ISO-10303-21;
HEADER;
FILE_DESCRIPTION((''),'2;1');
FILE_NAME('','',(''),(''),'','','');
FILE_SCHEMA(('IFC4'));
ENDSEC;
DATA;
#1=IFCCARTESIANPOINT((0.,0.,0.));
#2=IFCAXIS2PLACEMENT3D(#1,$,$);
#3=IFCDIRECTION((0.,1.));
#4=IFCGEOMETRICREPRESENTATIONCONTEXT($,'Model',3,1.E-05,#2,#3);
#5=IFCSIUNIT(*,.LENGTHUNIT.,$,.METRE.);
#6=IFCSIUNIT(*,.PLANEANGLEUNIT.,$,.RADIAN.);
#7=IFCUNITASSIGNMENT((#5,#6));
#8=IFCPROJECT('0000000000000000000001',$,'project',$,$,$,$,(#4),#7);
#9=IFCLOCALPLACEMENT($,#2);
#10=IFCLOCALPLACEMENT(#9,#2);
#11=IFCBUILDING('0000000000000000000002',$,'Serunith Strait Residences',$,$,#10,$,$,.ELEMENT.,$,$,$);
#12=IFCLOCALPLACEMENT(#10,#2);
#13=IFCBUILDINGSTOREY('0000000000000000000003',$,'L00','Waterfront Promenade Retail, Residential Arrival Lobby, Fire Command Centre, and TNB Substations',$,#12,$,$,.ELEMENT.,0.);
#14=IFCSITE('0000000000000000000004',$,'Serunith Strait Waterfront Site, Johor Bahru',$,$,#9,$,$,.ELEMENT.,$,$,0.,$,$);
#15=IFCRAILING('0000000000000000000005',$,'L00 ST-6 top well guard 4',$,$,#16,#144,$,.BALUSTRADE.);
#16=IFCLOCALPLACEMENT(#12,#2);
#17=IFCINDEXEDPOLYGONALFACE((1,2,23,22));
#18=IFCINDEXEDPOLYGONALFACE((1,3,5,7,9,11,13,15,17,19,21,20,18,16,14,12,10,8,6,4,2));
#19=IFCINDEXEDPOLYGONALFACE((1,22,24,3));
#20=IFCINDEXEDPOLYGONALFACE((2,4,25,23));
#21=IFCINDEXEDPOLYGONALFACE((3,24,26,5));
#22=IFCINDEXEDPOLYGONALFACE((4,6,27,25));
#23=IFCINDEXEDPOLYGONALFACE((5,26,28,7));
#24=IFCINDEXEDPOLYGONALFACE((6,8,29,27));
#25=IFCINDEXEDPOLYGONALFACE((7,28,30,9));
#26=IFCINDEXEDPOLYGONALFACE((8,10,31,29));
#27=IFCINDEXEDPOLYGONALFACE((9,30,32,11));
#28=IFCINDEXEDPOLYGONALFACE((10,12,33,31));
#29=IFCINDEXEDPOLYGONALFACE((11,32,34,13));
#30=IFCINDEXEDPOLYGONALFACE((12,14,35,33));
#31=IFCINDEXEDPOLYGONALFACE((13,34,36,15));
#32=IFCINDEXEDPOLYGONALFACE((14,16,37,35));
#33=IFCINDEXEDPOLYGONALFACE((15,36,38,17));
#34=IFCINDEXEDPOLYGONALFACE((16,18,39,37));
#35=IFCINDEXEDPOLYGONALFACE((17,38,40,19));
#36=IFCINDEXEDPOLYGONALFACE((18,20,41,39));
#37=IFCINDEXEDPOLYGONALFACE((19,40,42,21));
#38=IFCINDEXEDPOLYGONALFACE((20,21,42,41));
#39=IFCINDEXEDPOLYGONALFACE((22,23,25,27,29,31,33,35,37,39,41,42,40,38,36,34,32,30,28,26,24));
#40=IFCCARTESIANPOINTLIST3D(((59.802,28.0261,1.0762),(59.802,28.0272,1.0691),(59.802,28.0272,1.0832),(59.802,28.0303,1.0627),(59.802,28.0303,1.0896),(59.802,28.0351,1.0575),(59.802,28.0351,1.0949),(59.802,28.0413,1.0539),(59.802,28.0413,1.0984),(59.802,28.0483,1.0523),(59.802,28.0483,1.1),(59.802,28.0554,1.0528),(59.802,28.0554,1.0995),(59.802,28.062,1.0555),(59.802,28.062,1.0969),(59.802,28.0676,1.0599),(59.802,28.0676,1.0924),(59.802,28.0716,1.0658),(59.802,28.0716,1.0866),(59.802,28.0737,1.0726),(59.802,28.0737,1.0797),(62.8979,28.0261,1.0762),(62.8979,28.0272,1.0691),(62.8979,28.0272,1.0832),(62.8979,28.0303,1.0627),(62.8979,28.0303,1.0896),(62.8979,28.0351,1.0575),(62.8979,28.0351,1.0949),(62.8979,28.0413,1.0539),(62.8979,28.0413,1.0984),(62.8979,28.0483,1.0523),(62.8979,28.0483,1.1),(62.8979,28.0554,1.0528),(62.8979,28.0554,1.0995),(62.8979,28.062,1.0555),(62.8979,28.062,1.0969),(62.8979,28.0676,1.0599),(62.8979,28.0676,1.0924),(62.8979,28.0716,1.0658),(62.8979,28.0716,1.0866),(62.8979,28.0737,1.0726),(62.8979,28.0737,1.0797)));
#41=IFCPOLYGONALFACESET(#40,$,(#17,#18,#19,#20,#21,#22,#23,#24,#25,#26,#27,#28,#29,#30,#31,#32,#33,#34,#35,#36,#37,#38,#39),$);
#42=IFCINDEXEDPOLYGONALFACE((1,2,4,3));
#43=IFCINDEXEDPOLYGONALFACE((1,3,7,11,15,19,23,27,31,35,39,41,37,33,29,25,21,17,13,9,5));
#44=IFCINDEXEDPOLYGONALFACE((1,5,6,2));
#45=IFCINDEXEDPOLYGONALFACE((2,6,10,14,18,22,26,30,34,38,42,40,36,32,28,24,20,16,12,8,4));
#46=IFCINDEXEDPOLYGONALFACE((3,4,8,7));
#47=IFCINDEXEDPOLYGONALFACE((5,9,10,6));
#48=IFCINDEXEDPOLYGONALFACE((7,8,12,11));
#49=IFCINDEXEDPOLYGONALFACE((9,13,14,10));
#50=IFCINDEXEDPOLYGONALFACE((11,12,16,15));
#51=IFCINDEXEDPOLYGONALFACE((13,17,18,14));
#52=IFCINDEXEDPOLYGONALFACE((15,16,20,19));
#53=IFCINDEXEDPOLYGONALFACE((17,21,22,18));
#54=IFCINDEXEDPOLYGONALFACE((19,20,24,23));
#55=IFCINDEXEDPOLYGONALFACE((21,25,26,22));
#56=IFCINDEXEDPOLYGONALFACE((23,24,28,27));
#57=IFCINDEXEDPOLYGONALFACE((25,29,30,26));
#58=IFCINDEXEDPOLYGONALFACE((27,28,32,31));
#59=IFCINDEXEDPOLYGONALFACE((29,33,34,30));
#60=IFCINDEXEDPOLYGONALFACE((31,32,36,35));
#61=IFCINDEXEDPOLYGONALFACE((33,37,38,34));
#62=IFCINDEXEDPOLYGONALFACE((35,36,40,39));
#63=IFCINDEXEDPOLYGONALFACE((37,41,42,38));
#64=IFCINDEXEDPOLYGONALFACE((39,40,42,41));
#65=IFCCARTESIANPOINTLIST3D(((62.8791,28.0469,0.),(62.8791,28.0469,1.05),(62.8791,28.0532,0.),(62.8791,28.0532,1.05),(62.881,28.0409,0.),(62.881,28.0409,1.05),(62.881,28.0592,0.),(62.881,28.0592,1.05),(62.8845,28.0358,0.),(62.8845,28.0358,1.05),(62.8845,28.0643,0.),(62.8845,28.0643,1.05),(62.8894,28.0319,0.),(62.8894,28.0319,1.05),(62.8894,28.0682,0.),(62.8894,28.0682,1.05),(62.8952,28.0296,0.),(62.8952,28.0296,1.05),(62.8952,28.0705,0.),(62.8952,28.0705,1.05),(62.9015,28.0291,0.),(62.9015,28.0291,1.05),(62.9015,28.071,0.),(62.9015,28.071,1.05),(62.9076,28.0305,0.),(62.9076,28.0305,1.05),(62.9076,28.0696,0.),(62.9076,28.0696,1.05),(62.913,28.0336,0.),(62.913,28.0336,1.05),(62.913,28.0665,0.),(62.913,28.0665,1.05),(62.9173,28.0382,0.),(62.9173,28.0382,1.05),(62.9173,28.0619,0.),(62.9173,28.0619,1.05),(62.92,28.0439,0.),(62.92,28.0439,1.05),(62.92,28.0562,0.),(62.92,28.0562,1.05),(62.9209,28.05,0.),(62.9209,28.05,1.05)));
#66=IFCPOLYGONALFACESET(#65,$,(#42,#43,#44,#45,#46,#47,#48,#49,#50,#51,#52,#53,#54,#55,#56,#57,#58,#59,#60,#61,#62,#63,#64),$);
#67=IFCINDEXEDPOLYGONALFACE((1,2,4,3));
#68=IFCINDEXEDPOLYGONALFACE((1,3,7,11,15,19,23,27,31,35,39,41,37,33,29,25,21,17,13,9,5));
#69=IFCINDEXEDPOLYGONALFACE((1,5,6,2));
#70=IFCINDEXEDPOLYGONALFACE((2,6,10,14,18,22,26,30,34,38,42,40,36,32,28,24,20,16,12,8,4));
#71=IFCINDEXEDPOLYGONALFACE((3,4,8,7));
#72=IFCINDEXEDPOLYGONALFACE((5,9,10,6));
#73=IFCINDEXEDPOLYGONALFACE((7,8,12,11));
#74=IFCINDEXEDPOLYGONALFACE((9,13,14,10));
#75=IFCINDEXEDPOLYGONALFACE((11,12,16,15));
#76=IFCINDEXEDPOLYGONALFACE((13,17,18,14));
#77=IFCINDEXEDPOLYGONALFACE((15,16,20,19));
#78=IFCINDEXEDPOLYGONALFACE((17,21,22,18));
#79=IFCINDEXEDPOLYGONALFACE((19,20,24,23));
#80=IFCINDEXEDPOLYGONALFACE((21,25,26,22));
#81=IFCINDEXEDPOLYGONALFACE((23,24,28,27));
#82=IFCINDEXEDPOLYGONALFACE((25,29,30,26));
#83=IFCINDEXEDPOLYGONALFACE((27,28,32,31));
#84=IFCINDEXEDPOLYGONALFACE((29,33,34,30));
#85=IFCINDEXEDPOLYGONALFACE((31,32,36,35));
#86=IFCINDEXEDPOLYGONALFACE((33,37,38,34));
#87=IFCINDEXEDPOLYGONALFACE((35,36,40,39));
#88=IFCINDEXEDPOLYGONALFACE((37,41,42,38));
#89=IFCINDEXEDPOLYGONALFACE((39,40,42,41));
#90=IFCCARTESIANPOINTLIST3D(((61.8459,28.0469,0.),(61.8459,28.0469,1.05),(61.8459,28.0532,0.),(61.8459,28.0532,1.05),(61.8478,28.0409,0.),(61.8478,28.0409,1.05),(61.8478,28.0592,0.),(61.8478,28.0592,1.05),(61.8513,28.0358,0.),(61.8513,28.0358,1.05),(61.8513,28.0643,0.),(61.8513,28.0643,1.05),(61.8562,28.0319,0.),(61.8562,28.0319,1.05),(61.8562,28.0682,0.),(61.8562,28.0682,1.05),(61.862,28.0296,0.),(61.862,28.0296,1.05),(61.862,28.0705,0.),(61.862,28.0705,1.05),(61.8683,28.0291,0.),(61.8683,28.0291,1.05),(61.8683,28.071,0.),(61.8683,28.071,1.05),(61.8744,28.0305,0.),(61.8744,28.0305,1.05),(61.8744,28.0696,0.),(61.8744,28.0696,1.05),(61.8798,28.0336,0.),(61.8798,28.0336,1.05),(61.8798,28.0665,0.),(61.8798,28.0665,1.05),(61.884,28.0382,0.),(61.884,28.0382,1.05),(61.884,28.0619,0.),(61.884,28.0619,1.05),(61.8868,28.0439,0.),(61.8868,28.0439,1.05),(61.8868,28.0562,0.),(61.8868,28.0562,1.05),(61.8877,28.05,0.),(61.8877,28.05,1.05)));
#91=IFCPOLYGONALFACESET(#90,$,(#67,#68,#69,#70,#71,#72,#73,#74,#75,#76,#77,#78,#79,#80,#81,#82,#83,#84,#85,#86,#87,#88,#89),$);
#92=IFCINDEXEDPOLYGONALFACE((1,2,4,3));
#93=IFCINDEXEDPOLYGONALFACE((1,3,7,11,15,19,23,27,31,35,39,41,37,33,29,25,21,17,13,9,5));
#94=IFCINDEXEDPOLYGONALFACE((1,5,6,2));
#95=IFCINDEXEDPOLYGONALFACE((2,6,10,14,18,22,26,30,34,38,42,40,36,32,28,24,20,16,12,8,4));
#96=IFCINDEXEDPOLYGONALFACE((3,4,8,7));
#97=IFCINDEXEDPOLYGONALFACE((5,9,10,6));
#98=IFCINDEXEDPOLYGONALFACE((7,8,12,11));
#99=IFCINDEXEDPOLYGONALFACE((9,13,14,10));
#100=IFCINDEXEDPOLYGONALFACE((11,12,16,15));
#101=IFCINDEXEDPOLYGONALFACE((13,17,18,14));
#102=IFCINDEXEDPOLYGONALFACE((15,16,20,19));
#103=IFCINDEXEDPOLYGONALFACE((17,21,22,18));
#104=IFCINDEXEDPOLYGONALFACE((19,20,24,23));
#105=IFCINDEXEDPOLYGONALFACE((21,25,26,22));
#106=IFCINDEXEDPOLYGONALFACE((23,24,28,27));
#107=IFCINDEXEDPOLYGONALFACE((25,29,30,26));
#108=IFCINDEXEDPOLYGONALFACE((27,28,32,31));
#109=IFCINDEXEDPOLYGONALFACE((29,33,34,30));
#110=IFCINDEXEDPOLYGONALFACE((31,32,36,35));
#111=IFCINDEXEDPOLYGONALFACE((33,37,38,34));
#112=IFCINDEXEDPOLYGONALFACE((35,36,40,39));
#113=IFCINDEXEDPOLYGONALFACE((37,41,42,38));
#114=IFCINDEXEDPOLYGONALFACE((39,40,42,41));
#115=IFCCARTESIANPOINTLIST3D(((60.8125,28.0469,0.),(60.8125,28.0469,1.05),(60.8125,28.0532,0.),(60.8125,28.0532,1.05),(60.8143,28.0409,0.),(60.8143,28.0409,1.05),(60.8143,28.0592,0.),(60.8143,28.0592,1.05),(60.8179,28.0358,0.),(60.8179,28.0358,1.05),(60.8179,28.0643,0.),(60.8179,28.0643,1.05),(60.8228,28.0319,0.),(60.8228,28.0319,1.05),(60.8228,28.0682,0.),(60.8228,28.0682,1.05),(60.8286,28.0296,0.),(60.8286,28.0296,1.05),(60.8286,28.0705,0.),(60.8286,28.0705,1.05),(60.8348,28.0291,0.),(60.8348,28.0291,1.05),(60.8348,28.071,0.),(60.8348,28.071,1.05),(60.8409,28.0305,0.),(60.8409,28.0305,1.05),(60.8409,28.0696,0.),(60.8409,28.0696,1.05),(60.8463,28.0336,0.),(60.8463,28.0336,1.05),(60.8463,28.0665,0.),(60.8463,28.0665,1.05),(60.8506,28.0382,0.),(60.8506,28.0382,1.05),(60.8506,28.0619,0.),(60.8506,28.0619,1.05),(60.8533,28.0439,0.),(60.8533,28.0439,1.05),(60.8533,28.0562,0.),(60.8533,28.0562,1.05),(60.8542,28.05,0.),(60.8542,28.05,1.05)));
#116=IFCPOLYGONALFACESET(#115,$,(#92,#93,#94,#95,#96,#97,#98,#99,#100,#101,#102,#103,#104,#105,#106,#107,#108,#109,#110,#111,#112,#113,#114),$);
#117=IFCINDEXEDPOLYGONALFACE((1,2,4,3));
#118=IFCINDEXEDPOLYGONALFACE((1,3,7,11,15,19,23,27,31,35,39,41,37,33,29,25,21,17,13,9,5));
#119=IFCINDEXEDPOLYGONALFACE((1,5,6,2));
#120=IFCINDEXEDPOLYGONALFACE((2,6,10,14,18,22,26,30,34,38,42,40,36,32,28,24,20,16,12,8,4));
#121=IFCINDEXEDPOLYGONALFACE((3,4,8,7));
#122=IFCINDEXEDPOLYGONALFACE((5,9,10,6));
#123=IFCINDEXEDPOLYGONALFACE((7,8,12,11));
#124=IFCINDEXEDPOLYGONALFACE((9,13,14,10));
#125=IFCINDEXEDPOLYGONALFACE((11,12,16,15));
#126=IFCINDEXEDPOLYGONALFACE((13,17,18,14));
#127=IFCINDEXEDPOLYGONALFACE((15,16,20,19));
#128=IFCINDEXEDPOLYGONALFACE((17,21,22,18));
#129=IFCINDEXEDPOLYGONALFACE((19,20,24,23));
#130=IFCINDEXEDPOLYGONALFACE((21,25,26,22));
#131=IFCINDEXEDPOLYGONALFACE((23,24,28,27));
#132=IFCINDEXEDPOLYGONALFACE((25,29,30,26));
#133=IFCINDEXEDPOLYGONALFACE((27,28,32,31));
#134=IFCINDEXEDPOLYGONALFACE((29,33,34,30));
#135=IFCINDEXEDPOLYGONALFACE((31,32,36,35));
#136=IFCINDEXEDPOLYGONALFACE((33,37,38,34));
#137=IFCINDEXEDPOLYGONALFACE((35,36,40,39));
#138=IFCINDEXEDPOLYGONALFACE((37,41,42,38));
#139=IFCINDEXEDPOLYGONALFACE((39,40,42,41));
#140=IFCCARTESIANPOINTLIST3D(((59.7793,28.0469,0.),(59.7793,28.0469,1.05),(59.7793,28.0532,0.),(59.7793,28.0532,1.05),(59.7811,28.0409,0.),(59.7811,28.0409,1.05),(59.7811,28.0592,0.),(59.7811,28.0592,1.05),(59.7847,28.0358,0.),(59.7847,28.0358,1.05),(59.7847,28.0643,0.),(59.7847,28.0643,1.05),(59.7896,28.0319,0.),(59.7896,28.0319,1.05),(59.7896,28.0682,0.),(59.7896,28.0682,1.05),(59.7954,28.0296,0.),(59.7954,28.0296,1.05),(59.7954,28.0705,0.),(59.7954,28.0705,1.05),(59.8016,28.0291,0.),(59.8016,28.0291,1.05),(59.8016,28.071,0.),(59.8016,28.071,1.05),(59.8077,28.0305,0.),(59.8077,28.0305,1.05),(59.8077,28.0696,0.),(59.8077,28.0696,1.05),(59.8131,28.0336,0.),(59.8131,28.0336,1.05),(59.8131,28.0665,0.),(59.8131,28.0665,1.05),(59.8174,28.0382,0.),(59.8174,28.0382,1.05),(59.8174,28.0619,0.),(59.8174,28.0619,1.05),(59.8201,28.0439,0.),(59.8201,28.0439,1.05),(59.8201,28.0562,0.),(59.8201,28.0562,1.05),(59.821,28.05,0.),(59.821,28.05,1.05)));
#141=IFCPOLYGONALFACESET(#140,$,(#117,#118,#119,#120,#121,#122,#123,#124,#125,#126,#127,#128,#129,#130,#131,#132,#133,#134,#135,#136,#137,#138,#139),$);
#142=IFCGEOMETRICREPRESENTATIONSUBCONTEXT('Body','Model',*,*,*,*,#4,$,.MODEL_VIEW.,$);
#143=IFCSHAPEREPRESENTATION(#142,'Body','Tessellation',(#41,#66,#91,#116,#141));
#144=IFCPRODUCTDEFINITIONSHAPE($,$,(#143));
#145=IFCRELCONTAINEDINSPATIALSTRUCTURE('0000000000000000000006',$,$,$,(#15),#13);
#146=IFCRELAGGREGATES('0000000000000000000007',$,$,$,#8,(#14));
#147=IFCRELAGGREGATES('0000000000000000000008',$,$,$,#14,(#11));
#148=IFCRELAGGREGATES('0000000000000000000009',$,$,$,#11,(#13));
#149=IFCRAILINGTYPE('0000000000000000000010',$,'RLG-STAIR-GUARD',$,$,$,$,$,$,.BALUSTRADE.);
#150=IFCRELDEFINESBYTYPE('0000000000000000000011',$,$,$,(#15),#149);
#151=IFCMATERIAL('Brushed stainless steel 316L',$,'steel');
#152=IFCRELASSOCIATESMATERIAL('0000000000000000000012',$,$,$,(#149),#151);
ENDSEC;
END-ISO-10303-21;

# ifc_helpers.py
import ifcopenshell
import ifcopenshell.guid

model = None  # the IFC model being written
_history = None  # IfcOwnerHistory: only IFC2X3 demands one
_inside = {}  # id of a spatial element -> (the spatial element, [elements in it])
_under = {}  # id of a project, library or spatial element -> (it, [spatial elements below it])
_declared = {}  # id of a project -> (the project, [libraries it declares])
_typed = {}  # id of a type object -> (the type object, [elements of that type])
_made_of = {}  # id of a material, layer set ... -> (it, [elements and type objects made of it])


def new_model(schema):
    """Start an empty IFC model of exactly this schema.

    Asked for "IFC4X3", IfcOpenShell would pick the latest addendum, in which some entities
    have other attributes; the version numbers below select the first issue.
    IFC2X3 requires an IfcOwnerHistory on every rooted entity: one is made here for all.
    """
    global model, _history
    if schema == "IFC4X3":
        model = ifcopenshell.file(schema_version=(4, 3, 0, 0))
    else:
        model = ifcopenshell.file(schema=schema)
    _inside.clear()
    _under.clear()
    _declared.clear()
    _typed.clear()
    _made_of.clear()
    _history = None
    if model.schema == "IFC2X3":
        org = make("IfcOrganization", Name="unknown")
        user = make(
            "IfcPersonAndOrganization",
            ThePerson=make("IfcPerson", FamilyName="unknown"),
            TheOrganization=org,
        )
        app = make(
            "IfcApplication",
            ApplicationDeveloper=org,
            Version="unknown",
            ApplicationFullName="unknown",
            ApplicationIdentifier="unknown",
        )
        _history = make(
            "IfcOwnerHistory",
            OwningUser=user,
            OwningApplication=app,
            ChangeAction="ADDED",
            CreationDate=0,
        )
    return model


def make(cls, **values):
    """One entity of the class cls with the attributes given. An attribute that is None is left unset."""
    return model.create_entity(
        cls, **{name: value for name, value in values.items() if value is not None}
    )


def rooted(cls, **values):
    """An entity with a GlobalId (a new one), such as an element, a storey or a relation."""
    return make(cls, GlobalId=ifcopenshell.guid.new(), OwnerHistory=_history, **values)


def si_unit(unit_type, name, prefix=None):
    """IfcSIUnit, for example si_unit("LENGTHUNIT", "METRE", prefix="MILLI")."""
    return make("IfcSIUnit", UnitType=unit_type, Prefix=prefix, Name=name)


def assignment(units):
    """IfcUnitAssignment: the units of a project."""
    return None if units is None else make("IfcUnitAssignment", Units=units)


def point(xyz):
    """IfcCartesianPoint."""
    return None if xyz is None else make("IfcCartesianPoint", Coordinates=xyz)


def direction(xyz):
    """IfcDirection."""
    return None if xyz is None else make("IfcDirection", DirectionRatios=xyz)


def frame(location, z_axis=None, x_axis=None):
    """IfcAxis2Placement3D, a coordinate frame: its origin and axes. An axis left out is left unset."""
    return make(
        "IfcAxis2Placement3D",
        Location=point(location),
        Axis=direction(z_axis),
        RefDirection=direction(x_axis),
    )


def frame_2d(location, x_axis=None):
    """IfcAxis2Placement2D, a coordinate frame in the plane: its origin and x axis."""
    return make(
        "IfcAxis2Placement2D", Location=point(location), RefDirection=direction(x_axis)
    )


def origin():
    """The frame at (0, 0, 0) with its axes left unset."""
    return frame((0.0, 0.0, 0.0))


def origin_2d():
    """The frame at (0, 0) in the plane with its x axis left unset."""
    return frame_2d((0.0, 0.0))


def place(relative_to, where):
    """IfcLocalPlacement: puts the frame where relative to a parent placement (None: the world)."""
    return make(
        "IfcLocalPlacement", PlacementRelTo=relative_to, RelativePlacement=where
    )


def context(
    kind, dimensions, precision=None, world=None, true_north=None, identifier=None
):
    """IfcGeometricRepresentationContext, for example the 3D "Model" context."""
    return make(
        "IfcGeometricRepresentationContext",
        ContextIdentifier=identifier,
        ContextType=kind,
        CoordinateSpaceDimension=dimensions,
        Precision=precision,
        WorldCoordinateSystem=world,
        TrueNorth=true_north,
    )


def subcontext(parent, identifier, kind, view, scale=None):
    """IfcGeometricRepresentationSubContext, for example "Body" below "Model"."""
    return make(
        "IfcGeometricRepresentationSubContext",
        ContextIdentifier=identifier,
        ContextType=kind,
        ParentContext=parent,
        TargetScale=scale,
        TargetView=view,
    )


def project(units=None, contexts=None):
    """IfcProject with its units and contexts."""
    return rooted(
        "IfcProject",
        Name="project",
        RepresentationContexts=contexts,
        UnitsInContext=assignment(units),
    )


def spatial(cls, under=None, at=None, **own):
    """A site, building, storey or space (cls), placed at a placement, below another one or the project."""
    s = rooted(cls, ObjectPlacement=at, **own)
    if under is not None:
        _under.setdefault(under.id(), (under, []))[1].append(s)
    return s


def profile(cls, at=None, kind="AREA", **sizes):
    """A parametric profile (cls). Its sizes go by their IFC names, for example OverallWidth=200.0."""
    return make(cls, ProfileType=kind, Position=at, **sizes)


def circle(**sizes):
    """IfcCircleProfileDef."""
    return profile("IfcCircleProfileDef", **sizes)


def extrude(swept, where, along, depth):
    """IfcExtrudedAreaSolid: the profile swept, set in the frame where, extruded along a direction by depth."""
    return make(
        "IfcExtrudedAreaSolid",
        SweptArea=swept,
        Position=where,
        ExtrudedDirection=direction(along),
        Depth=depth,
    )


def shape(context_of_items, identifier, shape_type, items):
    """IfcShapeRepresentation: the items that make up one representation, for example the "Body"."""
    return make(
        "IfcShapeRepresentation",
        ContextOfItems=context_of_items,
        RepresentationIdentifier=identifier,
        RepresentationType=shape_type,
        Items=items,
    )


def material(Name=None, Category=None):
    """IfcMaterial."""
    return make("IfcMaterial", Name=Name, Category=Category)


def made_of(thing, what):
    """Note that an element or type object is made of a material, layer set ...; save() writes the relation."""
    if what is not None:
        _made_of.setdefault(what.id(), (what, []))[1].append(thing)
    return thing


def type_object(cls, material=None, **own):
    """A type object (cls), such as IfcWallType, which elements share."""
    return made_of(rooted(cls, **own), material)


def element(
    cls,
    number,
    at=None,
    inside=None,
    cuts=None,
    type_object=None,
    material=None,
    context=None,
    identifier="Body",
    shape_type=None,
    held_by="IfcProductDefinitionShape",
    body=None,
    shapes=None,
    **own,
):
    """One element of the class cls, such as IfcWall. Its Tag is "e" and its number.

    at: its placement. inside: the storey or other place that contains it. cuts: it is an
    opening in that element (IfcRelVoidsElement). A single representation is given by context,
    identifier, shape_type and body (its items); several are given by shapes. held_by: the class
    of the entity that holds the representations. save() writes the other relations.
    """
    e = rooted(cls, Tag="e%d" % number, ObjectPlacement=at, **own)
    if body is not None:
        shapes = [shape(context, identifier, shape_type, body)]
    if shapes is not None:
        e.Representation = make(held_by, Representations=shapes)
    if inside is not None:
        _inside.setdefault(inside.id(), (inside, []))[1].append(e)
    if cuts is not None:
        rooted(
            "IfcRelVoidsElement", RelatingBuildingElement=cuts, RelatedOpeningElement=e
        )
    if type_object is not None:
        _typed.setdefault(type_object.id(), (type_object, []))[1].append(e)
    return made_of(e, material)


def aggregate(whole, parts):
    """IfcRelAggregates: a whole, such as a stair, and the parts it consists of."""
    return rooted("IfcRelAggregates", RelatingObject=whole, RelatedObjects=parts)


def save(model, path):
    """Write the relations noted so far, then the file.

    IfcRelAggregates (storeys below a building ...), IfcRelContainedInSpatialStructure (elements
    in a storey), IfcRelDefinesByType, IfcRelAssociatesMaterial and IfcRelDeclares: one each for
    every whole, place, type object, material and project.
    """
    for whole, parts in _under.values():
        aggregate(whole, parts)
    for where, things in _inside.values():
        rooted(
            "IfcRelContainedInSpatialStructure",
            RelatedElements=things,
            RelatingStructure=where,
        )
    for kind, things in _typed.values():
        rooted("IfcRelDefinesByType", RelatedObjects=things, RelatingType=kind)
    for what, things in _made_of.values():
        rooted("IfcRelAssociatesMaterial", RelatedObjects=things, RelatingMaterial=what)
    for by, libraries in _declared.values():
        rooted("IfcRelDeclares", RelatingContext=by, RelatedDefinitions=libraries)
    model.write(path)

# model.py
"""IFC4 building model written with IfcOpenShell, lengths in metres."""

from ifc_helpers import new_model, si_unit, direction, frame, origin, origin_2d, place, context, subcontext, project, spatial, circle, extrude, material, type_object, element, save


model = new_model("IFC4")

# Units and contexts
model_context = context("Model", 3, precision=1e-05, world=origin(), true_north=direction((0.0, 1.0)))
body_context = subcontext(model_context, "Body", "Model", "MODEL_VIEW")
ifc_project = project(units=[si_unit("LENGTHUNIT", "METRE"), si_unit("PLANEANGLEUNIT", "RADIAN")], contexts=[model_context])

# Site, building, storey
site_placement = place(None, origin())
site = spatial("IfcSite", under=ifc_project, at=site_placement, Name="Serunith Strait Waterfront Site, Johor Bahru", CompositionType="ELEMENT", RefElevation=0.0)
building_placement = place(site_placement, origin())
building = spatial("IfcBuilding", under=site, at=building_placement, Name="Serunith Strait Residences", CompositionType="ELEMENT")
storey_placement = place(building_placement, origin())
storey = spatial("IfcBuildingStorey", under=building, at=storey_placement, Name="L00", Description="Waterfront Promenade Retail, Residential Arrival Lobby, Fire Command Centre, and TNB Substations", CompositionType="ELEMENT", Elevation=0.0)

# Railing
ifc_material_1 = material(Name="Brushed stainless steel 316L", Category="steel")
railing_type_1 = type_object("IfcRailingType", Name="RLG-STAIR-GUARD", PredefinedType="BALUSTRADE", material=ifc_material_1)
railing_1_placement = place(storey_placement, frame((62.8999, 28.05, 0.0)))
element("IfcRailing", 1, at=railing_1_placement, inside=storey, type_object=railing_type_1, Name="L00 ST-6 top well guard 4", PredefinedType="BALUSTRADE", context=body_context, shape_type="SweptSolid", body=[
    extrude(circle(Radius=0.0239, at=origin_2d()), frame((-0.002, 0.0, 1.0762), z_axis=(-1.0, 0.0, 0.0), x_axis=(0.0, -1.0, 0.0)), (0.0, 0.0, 1.0), 3.0959),
    extrude(circle(Radius=0.021, at=origin_2d()), origin(), (0.0, 0.0, 1.0), 1.05),
    extrude(circle(Radius=0.021, at=origin_2d()), frame((-1.0332, 0.0, 0.0)), (0.0, 0.0, 1.0), 1.05),
    extrude(circle(Radius=0.021, at=origin_2d()), frame((-2.0667, 0.0, 0.0)), (0.0, 0.0, 1.0), 1.05),
    extrude(circle(Radius=0.021, at=origin_2d()), frame((-3.0999, 0.0, 0.0)), (0.0, 0.0, 1.0), 1.05),
])

save(model, "model.ifc")
